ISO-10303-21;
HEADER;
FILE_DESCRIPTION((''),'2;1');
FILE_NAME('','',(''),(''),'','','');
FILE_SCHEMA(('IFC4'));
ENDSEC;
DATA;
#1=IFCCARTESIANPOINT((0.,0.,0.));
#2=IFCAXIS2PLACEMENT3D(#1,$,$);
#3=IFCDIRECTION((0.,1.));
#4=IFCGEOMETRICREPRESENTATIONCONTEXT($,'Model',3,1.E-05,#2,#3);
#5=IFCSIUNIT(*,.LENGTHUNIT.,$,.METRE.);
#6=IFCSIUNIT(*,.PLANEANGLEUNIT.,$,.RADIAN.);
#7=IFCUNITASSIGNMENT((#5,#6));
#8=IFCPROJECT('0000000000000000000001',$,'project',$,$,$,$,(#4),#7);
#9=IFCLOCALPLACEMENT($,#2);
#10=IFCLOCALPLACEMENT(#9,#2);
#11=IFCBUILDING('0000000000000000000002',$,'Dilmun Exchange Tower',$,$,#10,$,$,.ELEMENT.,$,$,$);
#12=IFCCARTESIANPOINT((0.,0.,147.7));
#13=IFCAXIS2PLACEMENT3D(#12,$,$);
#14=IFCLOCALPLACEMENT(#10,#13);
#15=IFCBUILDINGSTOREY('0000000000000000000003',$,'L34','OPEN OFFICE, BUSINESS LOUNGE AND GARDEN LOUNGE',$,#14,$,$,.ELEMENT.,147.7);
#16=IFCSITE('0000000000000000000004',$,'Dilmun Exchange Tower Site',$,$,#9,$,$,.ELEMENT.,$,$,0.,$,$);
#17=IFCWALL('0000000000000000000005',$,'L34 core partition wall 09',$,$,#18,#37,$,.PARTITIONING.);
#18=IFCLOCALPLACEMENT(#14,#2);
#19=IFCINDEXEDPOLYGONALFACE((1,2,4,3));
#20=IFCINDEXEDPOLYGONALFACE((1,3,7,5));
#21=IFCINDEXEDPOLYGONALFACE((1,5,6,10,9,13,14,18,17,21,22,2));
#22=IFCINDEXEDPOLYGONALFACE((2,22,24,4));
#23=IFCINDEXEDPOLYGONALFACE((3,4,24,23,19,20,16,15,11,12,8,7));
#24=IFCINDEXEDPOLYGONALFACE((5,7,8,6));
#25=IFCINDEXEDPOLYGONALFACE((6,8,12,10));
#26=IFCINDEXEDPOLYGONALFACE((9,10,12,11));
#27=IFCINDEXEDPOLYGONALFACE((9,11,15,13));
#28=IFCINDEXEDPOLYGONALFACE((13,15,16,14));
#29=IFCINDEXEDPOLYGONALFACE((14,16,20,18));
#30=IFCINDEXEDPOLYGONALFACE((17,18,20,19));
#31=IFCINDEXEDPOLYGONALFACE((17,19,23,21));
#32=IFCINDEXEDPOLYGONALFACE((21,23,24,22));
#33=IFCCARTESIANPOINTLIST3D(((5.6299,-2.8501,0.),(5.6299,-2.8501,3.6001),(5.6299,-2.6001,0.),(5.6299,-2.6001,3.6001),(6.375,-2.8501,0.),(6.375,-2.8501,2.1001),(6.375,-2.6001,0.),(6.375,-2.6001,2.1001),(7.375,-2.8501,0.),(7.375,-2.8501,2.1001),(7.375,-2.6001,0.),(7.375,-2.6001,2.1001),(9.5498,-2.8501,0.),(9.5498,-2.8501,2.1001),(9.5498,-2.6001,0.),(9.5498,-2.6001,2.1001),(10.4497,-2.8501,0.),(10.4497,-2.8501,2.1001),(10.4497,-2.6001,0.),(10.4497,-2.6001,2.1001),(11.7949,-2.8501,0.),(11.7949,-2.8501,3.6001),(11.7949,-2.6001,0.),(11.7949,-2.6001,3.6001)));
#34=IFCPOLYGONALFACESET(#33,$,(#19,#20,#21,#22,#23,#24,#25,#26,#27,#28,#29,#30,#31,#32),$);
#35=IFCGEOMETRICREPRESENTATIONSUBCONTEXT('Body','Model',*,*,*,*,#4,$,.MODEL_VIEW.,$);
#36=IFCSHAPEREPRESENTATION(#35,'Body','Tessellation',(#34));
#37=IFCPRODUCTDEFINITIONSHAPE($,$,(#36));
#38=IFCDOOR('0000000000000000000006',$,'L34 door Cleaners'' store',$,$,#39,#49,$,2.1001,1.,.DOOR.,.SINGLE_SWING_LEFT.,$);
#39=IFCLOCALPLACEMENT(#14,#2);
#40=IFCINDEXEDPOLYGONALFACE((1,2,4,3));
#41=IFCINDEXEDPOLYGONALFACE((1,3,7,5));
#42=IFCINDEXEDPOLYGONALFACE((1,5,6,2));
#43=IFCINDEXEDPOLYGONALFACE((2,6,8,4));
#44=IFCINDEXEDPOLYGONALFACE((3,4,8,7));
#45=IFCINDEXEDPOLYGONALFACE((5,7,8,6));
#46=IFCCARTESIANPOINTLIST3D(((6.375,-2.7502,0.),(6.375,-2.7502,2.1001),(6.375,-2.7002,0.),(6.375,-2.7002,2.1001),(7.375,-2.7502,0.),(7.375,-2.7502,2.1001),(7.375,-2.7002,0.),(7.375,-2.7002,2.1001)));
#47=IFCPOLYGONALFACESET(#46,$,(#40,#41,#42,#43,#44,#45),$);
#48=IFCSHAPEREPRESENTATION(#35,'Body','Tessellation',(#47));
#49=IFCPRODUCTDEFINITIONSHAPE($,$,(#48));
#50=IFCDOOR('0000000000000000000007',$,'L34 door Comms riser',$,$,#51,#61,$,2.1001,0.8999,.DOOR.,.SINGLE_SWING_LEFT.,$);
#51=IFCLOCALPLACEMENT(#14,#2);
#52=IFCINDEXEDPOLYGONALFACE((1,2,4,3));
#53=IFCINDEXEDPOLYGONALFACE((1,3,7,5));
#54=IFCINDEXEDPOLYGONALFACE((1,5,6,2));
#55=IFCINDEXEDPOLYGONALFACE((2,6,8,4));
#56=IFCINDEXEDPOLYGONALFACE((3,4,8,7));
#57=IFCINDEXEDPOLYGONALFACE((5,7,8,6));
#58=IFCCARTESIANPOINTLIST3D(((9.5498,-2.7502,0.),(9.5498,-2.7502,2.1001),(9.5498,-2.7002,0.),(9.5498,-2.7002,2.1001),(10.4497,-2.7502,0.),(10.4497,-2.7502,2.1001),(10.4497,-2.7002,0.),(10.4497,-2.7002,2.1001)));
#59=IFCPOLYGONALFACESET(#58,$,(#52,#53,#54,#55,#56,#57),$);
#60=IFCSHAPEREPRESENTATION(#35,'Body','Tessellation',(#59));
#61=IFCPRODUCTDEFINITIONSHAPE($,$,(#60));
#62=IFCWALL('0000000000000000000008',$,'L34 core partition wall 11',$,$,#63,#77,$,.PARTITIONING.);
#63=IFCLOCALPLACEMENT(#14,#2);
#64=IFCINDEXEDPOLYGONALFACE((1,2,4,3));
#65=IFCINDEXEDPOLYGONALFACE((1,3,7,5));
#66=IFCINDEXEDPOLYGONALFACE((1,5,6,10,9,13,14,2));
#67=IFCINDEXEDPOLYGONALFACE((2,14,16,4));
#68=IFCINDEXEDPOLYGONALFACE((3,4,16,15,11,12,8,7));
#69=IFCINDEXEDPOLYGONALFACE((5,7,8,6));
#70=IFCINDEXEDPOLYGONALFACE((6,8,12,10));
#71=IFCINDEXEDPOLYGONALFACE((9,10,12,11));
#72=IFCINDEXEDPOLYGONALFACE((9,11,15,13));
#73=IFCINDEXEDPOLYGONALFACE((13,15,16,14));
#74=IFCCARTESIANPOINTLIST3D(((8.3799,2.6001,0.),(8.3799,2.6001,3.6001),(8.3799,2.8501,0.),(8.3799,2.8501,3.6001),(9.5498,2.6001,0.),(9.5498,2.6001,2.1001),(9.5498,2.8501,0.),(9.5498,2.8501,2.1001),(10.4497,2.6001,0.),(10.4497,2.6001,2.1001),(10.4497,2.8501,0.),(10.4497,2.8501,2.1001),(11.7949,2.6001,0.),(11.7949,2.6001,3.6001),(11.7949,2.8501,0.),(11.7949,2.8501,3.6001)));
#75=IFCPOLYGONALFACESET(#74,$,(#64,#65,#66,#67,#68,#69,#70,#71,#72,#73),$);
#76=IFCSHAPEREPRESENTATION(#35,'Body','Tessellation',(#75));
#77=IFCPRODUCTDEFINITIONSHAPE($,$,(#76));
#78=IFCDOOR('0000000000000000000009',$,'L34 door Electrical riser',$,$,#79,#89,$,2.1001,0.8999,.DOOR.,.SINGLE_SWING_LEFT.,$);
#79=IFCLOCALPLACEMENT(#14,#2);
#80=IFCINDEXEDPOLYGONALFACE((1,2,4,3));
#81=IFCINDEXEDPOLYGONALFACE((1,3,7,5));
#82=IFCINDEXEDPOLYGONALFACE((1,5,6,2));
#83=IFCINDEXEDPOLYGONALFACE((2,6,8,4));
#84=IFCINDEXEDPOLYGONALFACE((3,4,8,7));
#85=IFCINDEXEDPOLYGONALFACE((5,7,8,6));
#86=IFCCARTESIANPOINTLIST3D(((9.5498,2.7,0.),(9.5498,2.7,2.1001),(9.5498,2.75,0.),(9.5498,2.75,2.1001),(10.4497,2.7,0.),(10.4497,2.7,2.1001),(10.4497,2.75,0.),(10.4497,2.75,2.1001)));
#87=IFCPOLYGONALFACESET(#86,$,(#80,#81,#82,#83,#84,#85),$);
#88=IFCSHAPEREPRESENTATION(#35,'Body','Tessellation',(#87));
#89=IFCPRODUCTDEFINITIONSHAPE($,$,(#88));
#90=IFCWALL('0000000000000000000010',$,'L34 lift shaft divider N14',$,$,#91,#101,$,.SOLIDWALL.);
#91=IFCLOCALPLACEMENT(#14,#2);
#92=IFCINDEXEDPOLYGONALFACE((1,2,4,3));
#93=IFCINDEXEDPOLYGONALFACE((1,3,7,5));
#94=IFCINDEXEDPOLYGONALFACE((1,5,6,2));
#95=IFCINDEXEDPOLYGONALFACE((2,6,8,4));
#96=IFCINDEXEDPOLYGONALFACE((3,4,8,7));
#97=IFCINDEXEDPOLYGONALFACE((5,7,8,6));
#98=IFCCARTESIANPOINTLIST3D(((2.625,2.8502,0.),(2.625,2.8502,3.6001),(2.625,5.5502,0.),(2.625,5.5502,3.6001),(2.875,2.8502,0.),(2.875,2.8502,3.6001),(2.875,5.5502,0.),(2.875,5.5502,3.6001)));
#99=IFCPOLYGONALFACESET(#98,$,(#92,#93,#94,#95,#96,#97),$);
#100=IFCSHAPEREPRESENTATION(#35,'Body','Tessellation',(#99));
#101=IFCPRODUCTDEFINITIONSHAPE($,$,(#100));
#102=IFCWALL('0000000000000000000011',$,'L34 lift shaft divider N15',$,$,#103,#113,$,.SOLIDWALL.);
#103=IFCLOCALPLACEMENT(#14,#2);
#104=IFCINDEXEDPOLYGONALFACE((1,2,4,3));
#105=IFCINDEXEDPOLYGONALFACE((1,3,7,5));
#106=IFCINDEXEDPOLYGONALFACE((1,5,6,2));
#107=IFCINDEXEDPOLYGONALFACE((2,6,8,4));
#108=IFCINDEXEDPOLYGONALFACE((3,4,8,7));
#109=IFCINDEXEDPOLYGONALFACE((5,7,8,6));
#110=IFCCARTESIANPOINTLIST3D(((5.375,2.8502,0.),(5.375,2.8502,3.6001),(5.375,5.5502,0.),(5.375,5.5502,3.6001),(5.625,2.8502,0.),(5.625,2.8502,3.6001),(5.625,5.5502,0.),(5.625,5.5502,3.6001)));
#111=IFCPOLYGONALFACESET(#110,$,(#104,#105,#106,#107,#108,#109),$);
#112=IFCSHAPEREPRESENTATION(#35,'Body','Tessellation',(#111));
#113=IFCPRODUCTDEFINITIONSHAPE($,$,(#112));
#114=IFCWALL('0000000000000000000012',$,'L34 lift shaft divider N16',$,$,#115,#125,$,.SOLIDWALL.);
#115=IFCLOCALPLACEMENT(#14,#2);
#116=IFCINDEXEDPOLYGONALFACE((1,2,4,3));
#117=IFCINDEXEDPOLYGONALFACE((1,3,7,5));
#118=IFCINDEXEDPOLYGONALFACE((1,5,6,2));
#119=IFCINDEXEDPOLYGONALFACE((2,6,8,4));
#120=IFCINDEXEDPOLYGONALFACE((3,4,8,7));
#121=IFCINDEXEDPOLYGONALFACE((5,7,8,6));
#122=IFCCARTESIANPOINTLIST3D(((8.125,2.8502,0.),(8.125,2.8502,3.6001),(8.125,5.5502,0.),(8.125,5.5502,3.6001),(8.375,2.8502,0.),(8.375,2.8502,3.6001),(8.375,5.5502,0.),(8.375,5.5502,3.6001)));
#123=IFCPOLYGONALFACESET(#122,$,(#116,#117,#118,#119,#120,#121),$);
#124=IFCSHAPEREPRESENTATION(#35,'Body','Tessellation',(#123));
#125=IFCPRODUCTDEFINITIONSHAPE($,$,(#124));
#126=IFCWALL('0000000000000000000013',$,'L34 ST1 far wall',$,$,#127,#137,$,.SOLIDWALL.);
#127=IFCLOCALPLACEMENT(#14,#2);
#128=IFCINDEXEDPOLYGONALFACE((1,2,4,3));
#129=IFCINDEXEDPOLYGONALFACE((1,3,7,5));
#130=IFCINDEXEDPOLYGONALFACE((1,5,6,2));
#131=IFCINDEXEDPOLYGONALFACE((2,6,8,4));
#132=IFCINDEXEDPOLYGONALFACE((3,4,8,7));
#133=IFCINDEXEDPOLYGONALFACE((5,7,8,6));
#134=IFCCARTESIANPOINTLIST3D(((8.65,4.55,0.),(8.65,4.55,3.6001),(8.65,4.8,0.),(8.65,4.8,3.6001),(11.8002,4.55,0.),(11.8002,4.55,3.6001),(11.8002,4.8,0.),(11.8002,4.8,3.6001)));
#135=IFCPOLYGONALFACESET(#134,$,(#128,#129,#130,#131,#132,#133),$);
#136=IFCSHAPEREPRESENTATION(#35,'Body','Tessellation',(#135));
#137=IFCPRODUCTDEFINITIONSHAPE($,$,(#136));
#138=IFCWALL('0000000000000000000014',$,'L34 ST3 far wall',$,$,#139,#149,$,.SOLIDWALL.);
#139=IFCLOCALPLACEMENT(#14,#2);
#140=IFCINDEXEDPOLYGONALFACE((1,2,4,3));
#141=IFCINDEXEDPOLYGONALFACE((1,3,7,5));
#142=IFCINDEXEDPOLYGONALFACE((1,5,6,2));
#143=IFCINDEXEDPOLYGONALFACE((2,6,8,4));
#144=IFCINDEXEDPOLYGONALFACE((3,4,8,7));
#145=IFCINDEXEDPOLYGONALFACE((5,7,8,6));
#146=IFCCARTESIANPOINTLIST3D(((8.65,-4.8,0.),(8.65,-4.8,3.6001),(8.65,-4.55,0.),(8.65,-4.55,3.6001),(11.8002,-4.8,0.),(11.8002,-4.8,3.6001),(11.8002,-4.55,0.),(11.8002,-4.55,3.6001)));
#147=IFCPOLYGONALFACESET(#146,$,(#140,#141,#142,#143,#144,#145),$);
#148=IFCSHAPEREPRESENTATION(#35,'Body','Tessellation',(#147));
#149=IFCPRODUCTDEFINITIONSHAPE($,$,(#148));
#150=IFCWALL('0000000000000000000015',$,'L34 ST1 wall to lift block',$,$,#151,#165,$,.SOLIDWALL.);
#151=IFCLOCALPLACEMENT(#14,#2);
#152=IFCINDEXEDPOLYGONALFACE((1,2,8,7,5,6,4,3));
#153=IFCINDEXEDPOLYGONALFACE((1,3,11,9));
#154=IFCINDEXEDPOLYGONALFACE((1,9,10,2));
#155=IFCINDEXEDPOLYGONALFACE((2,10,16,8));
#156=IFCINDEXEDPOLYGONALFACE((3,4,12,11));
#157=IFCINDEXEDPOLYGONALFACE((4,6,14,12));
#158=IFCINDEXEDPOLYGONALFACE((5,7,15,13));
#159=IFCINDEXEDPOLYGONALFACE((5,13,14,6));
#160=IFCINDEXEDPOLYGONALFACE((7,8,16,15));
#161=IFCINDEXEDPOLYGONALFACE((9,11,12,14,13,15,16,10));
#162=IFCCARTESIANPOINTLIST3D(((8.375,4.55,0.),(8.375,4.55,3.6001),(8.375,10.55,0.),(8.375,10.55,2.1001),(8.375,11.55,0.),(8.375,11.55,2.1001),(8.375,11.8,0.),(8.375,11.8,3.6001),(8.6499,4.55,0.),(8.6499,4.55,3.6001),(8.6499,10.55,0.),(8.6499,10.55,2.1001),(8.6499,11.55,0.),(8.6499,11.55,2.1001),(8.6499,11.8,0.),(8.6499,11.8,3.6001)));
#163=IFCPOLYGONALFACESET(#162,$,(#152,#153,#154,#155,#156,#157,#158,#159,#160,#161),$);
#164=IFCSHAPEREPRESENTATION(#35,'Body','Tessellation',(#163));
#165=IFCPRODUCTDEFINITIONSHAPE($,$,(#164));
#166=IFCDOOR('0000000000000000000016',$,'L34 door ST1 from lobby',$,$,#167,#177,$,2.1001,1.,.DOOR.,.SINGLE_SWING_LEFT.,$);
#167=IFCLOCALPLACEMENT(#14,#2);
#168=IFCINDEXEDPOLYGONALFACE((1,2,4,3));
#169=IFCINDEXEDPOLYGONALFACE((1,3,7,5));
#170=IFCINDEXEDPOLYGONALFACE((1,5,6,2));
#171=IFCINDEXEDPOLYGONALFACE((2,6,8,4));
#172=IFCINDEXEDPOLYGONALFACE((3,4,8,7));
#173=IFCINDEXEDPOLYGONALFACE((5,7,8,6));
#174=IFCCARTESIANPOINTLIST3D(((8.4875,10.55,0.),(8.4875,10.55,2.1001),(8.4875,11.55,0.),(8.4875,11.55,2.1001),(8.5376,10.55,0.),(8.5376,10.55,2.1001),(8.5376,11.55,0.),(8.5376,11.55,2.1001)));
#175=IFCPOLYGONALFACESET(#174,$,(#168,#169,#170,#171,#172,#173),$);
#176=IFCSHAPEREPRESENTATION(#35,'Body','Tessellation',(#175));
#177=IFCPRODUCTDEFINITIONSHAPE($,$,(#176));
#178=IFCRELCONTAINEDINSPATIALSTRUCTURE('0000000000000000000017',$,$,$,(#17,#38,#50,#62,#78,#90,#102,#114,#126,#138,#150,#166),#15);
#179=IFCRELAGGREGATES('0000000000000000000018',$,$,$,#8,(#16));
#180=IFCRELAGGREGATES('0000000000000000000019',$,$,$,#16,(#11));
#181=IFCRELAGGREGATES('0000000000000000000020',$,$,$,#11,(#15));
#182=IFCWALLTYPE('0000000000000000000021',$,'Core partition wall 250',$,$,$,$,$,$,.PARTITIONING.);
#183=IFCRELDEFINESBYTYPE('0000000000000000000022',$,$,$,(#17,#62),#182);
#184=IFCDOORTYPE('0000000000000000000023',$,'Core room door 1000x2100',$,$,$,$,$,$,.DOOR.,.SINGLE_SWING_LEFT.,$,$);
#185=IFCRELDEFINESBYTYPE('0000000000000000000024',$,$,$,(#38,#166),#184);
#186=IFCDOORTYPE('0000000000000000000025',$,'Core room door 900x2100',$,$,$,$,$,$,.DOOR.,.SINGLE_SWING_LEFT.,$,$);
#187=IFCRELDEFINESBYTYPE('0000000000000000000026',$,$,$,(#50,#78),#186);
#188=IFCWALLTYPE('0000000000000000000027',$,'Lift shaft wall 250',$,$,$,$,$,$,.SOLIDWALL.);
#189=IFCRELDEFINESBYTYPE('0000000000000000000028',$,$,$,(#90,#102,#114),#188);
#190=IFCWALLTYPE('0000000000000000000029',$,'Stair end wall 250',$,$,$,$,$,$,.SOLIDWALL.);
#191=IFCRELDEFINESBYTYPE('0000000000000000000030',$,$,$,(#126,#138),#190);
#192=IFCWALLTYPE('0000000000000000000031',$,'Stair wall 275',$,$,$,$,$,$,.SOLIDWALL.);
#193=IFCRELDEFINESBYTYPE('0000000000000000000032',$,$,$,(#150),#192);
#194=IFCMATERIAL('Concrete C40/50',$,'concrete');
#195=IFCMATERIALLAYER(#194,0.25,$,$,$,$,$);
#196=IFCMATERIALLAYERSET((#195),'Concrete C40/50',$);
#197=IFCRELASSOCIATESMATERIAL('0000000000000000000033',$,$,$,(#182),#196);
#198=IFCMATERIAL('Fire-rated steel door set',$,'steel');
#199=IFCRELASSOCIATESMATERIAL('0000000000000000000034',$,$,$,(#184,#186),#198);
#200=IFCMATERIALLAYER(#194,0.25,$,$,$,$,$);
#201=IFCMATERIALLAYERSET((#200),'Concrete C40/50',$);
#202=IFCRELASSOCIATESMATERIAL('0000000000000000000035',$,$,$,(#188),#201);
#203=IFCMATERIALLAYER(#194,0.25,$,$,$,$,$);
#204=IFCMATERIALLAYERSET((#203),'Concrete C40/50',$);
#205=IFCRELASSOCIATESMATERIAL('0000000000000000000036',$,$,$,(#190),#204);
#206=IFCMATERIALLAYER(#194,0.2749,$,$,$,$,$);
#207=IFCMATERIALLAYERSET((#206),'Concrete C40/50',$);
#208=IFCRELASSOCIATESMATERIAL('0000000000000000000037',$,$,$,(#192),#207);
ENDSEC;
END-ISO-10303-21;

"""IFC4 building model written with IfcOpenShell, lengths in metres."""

from ifc_helpers import new_model, si_unit, direction, frame, frame_2d, origin, place, context, subcontext, project, spatial, rectangle, extrude, material, layer, layer_set, type_object, element, fill, save


model = new_model("IFC4")

# Units and contexts
model_context = context("Model", 3, precision=1e-05, world=origin(), true_north=direction((0.0, 1.0)))
body_context = subcontext(model_context, "Body", "Model", "MODEL_VIEW")
ifc_project = project(units=[si_unit("LENGTHUNIT", "METRE"), si_unit("PLANEANGLEUNIT", "RADIAN")], contexts=[model_context])

# Site, building, storey
site_placement = place(None, origin())
site = spatial("IfcSite", under=ifc_project, at=site_placement, Name="Dilmun Exchange Tower Site", CompositionType="ELEMENT", RefElevation=0.0)
building_placement = place(site_placement, origin())
building = spatial("IfcBuilding", under=site, at=building_placement, Name="Dilmun Exchange Tower", CompositionType="ELEMENT")
storey_placement = place(building_placement, frame((0.0, 0.0, 147.7)))
storey = spatial("IfcBuildingStorey", under=building, at=storey_placement, Name="L34", Description="OPEN OFFICE, BUSINESS LOUNGE AND GARDEN LOUNGE", CompositionType="ELEMENT", Elevation=147.7)

# Wall, openings, doors
ifc_material_1 = material(Name="Concrete C40/50", Category="concrete")
ifc_layer_1 = layer(ifc_material_1, 0.25)
ifc_layer_set_1 = layer_set([ifc_layer_1], Name="Concrete C40/50")
wall_type_1 = type_object("IfcWallType", Name="Core partition wall 250", PredefinedType="PARTITIONING", material=ifc_layer_set_1)
wall_1_placement = place(storey_placement, frame((5.6299, -2.7251, 0.0), z_axis=(0.0, 0.0, 1.0), x_axis=(1.0, 0.0, 0.0)))
wall_1 = element("IfcWall", 1, at=wall_1_placement, inside=storey, type_object=wall_type_1, Name="L34 core partition wall 09", PredefinedType="PARTITIONING", context=body_context, shape_type="SweptSolid", body=[
    extrude(rectangle(XDim=6.165, YDim=0.25, at=frame_2d((3.0825, 0.0))), origin(), (0.0, 0.0, 1.0), 3.6001),
])
opening_1_placement = place(wall_1_placement, frame((0.7451, 0.0, 0.0)))
opening_1 = element("IfcOpeningElement", 2, at=opening_1_placement, cuts=wall_1, PredefinedType="OPENING", context=body_context, shape_type="SweptSolid", body=[
    extrude(rectangle(XDim=1.0, YDim=2.1001, at=frame_2d((0.5, 1.05))), frame((0.0, 0.135, 0.0), z_axis=(0.0, -1.0, 0.0), x_axis=(1.0, 0.0, 0.0)), (0.0, 0.0, 1.0), 0.27),
])
opening_2_placement = place(wall_1_placement, frame((3.9199, 0.0, 0.0)))
opening_2 = element("IfcOpeningElement", 3, at=opening_2_placement, cuts=wall_1, PredefinedType="OPENING", context=body_context, shape_type="SweptSolid", body=[
    extrude(rectangle(XDim=0.8999, YDim=2.1001, at=frame_2d((0.45, 1.05))), frame((0.0, 0.135, 0.0), z_axis=(0.0, -1.0, 0.0), x_axis=(1.0, 0.0, 0.0)), (0.0, 0.0, 1.0), 0.27),
])
ifc_material_2 = material(Name="Fire-rated steel door set", Category="steel")
door_type_1 = type_object("IfcDoorType", Name="Core room door 1000x2100", OperationType="SINGLE_SWING_LEFT", PredefinedType="DOOR", material=ifc_material_2)
door_1_placement = place(opening_1_placement, origin())
door_1 = element("IfcDoor", 4, at=door_1_placement, inside=storey, type_object=door_type_1, Name="L34 door Cleaners' store", OperationType="SINGLE_SWING_LEFT", OverallHeight=2.1001, OverallWidth=1.0, PredefinedType="DOOR", context=body_context, shape_type="SweptSolid", body=[
    extrude(rectangle(XDim=1.0, YDim=2.1001, at=frame_2d((0.5, 1.05))), frame((0.0, 0.0249, 0.0), z_axis=(0.0, -1.0, 0.0), x_axis=(1.0, 0.0, 0.0)), (0.0, 0.0, 1.0), 0.05),
])
fill(opening_1, door_1)
door_type_2 = type_object("IfcDoorType", Name="Core room door 900x2100", OperationType="SINGLE_SWING_LEFT", PredefinedType="DOOR", material=ifc_material_2)
door_2_placement = place(opening_2_placement, origin())
door_2 = element("IfcDoor", 5, at=door_2_placement, inside=storey, type_object=door_type_2, Name="L34 door Comms riser", OperationType="SINGLE_SWING_LEFT", OverallHeight=2.1001, OverallWidth=0.8999, PredefinedType="DOOR", context=body_context, shape_type="SweptSolid", body=[
    extrude(rectangle(XDim=0.8999, YDim=2.1001, at=frame_2d((0.45, 1.05))), frame((0.0, 0.0249, 0.0), z_axis=(0.0, -1.0, 0.0), x_axis=(1.0, 0.0, 0.0)), (0.0, 0.0, 1.0), 0.05),
])
fill(opening_2, door_2)

# Wall, opening, door
wall_2_placement = place(storey_placement, frame((8.3799, 2.7251, 0.0), z_axis=(0.0, 0.0, 1.0), x_axis=(1.0, 0.0, 0.0)))
wall_2 = element("IfcWall", 6, at=wall_2_placement, inside=storey, type_object=wall_type_1, Name="L34 core partition wall 11", PredefinedType="PARTITIONING", context=body_context, shape_type="SweptSolid", body=[
    extrude(rectangle(XDim=3.415, YDim=0.25, at=frame_2d((1.7075, 0.0))), origin(), (0.0, 0.0, 1.0), 3.6001),
])
opening_3_placement = place(wall_2_placement, frame((1.1699, 0.0, 0.0)))
opening_3 = element("IfcOpeningElement", 7, at=opening_3_placement, cuts=wall_2, PredefinedType="OPENING", context=body_context, shape_type="SweptSolid", body=[
    extrude(rectangle(XDim=0.8999, YDim=2.1001, at=frame_2d((0.45, 1.05))), frame((0.0, 0.135, 0.0), z_axis=(0.0, -1.0, 0.0), x_axis=(1.0, 0.0, 0.0)), (0.0, 0.0, 1.0), 0.27),
])
door_3_placement = place(opening_3_placement, origin())
door_3 = element("IfcDoor", 8, at=door_3_placement, inside=storey, type_object=door_type_2, Name="L34 door Electrical riser", OperationType="SINGLE_SWING_LEFT", OverallHeight=2.1001, OverallWidth=0.8999, PredefinedType="DOOR", context=body_context, shape_type="SweptSolid", body=[
    extrude(rectangle(XDim=0.8999, YDim=2.1001, at=frame_2d((0.45, 1.05))), frame((0.0, 0.0249, 0.0), z_axis=(0.0, -1.0, 0.0), x_axis=(1.0, 0.0, 0.0)), (0.0, 0.0, 1.0), 0.05),
])
fill(opening_3, door_3)

# Walls
ifc_layer_2 = layer(ifc_material_1, 0.25)
ifc_layer_set_2 = layer_set([ifc_layer_2], Name="Concrete C40/50")
wall_type_2 = type_object("IfcWallType", Name="Lift shaft wall 250", PredefinedType="SOLIDWALL", material=ifc_layer_set_2)
for number, where, z_axis, x_axis, name in (
    (9, (2.75, 2.8501, 0.0), (0.0, 0.0, 1.0), (0.0, 1.0, 0.0), "L34 lift shaft divider N14"),
    (10, (5.5, 2.8501, 0.0), (0.0, 0.0, 1.0), (0.0, 1.0, 0.0), "L34 lift shaft divider N15"),
    (11, (8.25, 2.8501, 0.0), (0.0, 0.0, 1.0), (0.0, 1.0, 0.0), "L34 lift shaft divider N16"),
):
    element("IfcWall", number, at=place(storey_placement, frame(where, z_axis=z_axis, x_axis=x_axis)), inside=storey, type_object=wall_type_2, Name=name, PredefinedType="SOLIDWALL", context=body_context, shape_type="SweptSolid", body=[
        extrude(rectangle(XDim=2.7, YDim=0.25, at=frame_2d((1.3501, 0.0))), origin(), (0.0, 0.0, 1.0), 3.6001),
    ])
ifc_layer_3 = layer(ifc_material_1, 0.25)
ifc_layer_set_3 = layer_set([ifc_layer_3], Name="Concrete C40/50")
wall_type_3 = type_object("IfcWallType", Name="Stair end wall 250", PredefinedType="SOLIDWALL", material=ifc_layer_set_3)
for number, where, z_axis, x_axis, name in (
    (12, (8.6499, 4.675, 0.0), (0.0, 0.0, 1.0), (1.0, 0.0, 0.0), "L34 ST1 far wall"),
    (13, (8.6499, -4.675, 0.0), (0.0, 0.0, 1.0), (1.0, 0.0, 0.0), "L34 ST3 far wall"),
):
    element("IfcWall", number, at=place(storey_placement, frame(where, z_axis=z_axis, x_axis=x_axis)), inside=storey, type_object=wall_type_3, Name=name, PredefinedType="SOLIDWALL", context=body_context, shape_type="SweptSolid", body=[
        extrude(rectangle(XDim=3.1501, YDim=0.25, at=frame_2d((1.5752, 0.0))), origin(), (0.0, 0.0, 1.0), 3.6001),
    ])

# Wall, opening, door
ifc_layer_4 = layer(ifc_material_1, 0.2749)
ifc_layer_set_4 = layer_set([ifc_layer_4], Name="Concrete C40/50")
wall_type_4 = type_object("IfcWallType", Name="Stair wall 275", PredefinedType="SOLIDWALL", material=ifc_layer_set_4)
wall_3_placement = place(storey_placement, frame((8.5125, 4.55, 0.0), z_axis=(0.0, 0.0, 1.0), x_axis=(0.0, 1.0, 0.0)))
wall_3 = element("IfcWall", 14, at=wall_3_placement, inside=storey, type_object=wall_type_4, Name="L34 ST1 wall to lift block", PredefinedType="SOLIDWALL", context=body_context, shape_type="SweptSolid", body=[
    extrude(rectangle(XDim=7.25, YDim=0.2749, at=frame_2d((3.625, 0.0))), origin(), (0.0, 0.0, 1.0), 3.6001),
])
opening_4_placement = place(wall_3_placement, frame((6.0, 0.0, 0.0)))
opening_4 = element("IfcOpeningElement", 15, at=opening_4_placement, cuts=wall_3, PredefinedType="OPENING", context=body_context, shape_type="SweptSolid", body=[
    extrude(rectangle(XDim=1.0, YDim=2.1001, at=frame_2d((0.5, 1.05))), frame((0.0, 0.1475, 0.0), z_axis=(0.0, -1.0, 0.0), x_axis=(1.0, 0.0, 0.0)), (0.0, 0.0, 1.0), 0.2949),
])
door_4_placement = place(opening_4_placement, origin())
door_4 = element("IfcDoor", 16, at=door_4_placement, inside=storey, type_object=door_type_1, Name="L34 door ST1 from lobby", OperationType="SINGLE_SWING_LEFT", OverallHeight=2.1001, OverallWidth=1.0, PredefinedType="DOOR", context=body_context, shape_type="SweptSolid", body=[
    extrude(rectangle(XDim=1.0, YDim=2.1001, at=frame_2d((0.5, 1.05))), frame((0.0, 0.0249, 0.0), z_axis=(0.0, -1.0, 0.0), x_axis=(1.0, 0.0, 0.0)), (0.0, 0.0, 1.0), 0.05),
])
fill(opening_4, door_4)

save(model, "model.ifc")
